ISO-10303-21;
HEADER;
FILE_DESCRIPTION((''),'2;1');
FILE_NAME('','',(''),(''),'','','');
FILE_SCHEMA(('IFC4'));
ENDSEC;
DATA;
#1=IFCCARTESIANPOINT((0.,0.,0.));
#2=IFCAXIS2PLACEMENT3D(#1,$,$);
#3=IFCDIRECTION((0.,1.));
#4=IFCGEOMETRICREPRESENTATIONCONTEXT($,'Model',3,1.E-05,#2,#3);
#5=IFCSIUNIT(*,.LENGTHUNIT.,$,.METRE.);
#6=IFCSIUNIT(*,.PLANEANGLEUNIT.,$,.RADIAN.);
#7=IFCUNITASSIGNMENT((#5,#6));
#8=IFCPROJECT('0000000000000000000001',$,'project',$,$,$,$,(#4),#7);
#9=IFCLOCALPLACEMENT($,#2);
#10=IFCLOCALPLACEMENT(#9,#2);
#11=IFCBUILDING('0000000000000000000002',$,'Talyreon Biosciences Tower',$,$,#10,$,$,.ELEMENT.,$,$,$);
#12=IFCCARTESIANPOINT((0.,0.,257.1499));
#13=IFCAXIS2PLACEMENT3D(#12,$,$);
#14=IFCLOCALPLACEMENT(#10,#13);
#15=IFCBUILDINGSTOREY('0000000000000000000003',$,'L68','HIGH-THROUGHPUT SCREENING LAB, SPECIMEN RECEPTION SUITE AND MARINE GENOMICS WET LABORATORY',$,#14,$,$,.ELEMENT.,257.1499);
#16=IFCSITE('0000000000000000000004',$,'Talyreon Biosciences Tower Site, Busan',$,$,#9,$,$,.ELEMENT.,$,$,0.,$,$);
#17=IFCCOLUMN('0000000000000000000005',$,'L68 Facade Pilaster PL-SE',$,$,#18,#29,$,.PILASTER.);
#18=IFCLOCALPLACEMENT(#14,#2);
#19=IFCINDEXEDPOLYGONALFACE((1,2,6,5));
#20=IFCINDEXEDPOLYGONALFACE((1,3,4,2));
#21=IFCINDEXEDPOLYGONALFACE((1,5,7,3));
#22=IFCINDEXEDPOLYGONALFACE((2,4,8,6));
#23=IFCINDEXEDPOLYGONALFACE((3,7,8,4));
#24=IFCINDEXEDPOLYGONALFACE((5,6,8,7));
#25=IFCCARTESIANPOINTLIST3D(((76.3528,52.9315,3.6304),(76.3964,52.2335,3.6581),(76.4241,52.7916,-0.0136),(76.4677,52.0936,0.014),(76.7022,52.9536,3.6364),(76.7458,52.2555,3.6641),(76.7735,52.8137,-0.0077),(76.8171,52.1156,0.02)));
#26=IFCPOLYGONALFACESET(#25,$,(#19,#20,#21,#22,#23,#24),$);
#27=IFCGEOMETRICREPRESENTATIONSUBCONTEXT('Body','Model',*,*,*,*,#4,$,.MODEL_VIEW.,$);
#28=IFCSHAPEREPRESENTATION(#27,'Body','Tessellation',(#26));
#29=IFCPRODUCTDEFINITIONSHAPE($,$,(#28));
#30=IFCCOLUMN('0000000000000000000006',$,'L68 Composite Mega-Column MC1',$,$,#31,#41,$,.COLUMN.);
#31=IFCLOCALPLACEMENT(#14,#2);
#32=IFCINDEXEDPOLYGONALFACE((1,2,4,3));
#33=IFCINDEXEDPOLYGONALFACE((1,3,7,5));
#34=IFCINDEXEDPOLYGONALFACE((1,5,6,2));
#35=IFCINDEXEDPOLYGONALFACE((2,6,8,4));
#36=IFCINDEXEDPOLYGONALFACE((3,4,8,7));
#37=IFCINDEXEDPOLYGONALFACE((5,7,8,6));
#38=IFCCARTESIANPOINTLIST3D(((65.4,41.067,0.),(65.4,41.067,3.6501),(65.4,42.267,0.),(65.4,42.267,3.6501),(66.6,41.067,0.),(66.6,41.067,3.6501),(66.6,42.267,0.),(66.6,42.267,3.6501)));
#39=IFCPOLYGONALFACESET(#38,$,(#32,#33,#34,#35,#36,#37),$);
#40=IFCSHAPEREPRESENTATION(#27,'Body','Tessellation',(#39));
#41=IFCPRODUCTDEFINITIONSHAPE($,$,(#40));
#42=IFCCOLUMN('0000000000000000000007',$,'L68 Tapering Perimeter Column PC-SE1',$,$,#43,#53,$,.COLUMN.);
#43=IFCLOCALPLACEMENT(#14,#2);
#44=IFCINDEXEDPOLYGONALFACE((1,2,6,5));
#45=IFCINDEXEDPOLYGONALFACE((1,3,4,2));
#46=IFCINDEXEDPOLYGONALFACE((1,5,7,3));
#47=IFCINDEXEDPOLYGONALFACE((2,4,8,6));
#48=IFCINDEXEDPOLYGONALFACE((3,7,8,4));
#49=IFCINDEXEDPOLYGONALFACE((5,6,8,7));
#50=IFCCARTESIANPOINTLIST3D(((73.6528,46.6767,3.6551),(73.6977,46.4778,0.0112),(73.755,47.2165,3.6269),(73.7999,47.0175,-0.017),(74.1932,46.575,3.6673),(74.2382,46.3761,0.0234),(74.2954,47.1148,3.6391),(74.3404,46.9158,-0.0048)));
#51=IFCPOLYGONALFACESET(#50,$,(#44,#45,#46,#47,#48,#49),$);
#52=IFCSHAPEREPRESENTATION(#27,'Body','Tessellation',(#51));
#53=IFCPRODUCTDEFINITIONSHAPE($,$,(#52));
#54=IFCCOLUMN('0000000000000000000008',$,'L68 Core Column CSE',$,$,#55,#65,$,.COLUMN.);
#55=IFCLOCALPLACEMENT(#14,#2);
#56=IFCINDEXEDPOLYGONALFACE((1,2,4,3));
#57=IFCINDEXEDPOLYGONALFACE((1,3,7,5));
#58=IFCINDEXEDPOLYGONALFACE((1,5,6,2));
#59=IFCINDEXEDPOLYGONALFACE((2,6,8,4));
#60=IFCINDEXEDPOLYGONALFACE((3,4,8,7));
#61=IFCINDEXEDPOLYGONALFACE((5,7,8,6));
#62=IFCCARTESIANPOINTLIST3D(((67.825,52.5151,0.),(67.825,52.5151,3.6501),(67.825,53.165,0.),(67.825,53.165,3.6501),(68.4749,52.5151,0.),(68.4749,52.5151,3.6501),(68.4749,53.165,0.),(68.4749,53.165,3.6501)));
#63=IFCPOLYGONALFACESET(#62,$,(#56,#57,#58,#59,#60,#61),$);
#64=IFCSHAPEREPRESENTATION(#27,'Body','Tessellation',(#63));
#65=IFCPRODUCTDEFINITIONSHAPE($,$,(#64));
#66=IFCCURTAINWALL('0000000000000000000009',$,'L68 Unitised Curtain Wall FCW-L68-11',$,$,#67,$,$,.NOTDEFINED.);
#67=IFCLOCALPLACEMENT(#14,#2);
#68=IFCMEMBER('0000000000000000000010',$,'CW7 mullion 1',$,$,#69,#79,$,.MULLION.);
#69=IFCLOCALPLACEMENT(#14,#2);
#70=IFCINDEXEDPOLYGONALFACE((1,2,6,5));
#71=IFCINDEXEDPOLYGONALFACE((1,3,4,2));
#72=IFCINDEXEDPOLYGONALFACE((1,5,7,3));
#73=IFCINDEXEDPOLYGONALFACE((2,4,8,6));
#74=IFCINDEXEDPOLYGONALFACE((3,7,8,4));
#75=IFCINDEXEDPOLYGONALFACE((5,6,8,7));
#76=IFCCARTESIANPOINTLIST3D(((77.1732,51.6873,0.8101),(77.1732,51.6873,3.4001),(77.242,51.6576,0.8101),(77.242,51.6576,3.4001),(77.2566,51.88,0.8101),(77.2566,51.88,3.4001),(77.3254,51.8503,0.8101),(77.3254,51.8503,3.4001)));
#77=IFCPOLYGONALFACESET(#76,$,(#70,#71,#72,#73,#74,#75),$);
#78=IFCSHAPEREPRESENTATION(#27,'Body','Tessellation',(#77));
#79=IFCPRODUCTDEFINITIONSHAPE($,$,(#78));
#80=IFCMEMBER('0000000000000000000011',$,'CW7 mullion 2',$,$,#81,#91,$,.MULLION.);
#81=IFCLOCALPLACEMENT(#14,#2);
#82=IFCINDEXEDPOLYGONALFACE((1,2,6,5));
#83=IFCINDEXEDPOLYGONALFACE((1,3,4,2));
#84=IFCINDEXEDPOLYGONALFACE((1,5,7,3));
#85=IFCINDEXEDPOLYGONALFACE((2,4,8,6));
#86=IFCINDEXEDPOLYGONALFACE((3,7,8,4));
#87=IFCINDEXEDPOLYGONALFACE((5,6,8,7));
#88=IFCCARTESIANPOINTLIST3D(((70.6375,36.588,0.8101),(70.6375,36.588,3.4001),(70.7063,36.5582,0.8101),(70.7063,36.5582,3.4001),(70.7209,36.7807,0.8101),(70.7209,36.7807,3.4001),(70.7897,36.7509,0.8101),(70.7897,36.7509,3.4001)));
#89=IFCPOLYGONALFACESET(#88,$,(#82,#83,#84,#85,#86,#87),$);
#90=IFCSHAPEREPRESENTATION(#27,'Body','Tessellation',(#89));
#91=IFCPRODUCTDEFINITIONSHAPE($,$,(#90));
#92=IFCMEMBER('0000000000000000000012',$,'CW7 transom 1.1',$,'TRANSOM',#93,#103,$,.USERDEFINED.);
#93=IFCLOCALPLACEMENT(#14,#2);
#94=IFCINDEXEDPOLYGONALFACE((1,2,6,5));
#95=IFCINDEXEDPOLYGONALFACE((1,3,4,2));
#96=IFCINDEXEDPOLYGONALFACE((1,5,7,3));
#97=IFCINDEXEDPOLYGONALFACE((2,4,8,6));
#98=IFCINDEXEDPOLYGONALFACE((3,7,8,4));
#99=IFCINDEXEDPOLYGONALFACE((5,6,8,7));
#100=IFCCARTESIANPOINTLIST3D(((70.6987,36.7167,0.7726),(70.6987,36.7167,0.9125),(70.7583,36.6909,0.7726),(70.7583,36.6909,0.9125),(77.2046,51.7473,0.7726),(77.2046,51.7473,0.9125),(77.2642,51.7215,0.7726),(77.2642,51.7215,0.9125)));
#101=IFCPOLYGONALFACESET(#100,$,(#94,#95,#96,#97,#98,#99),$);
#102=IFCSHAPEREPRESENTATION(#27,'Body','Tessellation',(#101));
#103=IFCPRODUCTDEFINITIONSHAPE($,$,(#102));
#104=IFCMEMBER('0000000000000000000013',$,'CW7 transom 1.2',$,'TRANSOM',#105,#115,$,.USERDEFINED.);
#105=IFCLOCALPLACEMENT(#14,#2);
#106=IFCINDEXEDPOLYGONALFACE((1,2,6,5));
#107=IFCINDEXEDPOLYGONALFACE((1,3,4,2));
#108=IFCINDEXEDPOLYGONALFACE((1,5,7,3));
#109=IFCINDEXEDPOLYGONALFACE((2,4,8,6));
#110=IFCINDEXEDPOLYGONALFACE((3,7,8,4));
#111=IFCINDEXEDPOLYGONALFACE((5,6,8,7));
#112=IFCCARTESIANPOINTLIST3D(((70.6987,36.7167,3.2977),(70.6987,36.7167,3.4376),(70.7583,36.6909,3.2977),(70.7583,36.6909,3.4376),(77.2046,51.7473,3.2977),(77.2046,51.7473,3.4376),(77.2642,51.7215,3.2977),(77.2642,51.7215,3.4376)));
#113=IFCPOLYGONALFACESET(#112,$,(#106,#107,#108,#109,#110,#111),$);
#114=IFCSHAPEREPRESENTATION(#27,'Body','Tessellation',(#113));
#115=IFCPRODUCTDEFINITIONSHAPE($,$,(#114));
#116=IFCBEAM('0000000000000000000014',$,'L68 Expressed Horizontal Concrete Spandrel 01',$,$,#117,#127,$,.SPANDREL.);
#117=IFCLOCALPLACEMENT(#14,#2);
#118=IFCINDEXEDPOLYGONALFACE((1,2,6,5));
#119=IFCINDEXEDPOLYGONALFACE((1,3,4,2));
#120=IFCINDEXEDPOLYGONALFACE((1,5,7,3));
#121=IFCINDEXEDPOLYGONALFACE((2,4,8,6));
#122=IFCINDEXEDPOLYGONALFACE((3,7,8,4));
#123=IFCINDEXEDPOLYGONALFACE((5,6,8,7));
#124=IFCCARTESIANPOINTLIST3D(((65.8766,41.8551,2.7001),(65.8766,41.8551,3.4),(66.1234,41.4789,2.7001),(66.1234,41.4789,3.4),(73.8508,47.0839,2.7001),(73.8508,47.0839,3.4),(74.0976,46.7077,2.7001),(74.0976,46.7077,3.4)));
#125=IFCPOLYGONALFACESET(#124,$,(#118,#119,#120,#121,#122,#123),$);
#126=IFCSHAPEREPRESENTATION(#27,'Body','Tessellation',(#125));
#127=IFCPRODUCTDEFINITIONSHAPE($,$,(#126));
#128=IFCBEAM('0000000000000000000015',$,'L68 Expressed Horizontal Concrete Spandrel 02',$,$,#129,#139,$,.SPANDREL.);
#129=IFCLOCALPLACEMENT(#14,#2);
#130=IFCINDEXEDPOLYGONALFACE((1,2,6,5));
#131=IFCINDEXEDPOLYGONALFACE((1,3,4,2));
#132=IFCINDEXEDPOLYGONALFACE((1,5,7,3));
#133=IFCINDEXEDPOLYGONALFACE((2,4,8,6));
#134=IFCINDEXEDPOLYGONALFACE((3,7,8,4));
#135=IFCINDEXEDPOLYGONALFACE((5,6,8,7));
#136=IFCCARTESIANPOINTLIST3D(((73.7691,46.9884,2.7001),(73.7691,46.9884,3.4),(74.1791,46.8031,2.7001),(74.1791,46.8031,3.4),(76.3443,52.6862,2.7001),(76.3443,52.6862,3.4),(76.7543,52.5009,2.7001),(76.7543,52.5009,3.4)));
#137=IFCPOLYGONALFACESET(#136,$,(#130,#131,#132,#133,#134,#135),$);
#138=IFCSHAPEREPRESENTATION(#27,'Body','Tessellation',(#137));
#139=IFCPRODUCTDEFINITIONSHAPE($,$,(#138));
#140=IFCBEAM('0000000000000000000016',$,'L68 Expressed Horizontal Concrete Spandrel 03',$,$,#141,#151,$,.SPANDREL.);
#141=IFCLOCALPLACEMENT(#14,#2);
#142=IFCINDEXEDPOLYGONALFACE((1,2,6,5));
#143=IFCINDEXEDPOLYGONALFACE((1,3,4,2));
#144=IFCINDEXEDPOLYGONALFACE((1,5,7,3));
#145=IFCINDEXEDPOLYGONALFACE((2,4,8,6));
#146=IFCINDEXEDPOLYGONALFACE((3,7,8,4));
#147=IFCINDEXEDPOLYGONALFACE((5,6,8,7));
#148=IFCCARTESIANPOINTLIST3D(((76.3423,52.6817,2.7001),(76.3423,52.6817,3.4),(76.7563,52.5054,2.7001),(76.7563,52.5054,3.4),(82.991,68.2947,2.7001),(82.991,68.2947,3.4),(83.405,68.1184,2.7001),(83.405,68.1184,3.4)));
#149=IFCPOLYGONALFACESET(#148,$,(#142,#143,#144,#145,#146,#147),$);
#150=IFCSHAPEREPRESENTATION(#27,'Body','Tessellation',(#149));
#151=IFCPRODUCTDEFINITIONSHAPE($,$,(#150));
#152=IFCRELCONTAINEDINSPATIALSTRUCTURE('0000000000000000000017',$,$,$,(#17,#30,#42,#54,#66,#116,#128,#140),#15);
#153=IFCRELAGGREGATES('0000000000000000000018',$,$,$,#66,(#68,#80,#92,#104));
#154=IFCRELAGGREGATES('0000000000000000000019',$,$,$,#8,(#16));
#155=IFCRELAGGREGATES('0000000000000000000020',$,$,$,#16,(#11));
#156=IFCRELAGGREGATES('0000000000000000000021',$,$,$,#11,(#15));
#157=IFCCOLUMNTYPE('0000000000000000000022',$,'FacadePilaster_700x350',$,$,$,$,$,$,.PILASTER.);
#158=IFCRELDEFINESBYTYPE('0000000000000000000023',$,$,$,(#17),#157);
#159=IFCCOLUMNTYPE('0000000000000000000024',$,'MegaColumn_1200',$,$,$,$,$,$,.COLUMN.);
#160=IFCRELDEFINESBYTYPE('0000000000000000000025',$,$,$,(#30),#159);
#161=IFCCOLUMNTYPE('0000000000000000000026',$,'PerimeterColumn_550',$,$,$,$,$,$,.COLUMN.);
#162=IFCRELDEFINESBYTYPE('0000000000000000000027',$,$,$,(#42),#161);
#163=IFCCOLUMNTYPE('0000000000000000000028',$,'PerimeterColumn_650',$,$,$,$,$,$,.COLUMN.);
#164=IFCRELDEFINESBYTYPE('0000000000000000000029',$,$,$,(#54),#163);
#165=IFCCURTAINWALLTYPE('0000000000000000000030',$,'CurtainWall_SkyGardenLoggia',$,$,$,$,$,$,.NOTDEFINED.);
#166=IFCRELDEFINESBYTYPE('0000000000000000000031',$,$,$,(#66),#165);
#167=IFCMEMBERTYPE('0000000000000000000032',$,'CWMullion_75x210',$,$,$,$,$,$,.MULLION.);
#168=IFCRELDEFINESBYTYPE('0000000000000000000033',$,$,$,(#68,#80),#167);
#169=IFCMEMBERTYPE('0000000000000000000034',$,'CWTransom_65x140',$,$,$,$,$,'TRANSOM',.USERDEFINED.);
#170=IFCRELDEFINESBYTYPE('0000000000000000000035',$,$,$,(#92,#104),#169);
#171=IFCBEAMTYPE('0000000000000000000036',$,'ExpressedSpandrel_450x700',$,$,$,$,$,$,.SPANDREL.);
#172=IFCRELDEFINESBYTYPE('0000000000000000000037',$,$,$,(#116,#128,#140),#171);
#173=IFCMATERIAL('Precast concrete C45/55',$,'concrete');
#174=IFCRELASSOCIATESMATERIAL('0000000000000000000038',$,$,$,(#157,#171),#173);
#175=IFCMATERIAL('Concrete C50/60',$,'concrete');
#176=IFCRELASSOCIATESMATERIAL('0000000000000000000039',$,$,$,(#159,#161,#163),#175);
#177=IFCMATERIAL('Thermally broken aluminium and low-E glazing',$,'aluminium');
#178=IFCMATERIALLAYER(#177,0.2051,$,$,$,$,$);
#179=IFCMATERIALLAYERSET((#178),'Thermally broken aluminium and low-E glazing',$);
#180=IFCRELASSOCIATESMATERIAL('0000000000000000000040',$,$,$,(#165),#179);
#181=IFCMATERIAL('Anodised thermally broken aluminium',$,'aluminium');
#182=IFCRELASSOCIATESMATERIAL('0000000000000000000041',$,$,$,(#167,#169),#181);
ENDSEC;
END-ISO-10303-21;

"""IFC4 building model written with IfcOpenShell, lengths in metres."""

from ifc_helpers import new_model, si_unit, direction, frame, origin, origin_2d, place, context, subcontext, project, spatial, rectangle, extrude, material, layer, layer_set, material_profile, profile_set, type_object, element, aggregate, save


model = new_model("IFC4")

# Units and contexts
model_context = context("Model", 3, precision=1e-05, world=origin(), true_north=direction((0.0, 1.0)))
body_context = subcontext(model_context, "Body", "Model", "MODEL_VIEW")
ifc_project = project(units=[si_unit("LENGTHUNIT", "METRE"), si_unit("PLANEANGLEUNIT", "RADIAN")], contexts=[model_context])

# Site, building, storey
site_placement = place(None, origin())
site = spatial("IfcSite", under=ifc_project, at=site_placement, Name="Talyreon Biosciences Tower Site, Busan", CompositionType="ELEMENT", RefElevation=0.0)
building_placement = place(site_placement, origin())
building = spatial("IfcBuilding", under=site, at=building_placement, Name="Talyreon Biosciences Tower", CompositionType="ELEMENT")
storey_placement = place(building_placement, frame((0.0, 0.0, 257.1499)))
storey = spatial("IfcBuildingStorey", under=building, at=storey_placement, Name="L68", Description="HIGH-THROUGHPUT SCREENING LAB, SPECIMEN RECEPTION SUITE AND MARINE GENOMICS WET LABORATORY", CompositionType="ELEMENT", Elevation=257.1499)

# Columns
ifc_material_1 = material(Name="Precast concrete C45/55", Category="concrete")
ifc_material_profile_1 = material_profile(ifc_material_1, rectangle(XDim=0.7, YDim=0.3501, at=origin_2d()), Name="RC 700x350")
ifc_profile_set_1 = profile_set([ifc_material_profile_1], Name="Precast concrete C45/55")
column_type_1 = type_object("IfcColumnType", Name="FacadePilaster_700x350", PredefinedType="PILASTER", material=ifc_profile_set_1)
column_1_placement = place(storey_placement, frame((76.6206, 52.4536, 0.0032), z_axis=(-0.019545, 0.038354, 0.999073), x_axis=(0.062271, -0.997277, 0.039503)))
element("IfcColumn", 1, at=column_1_placement, inside=storey, type_object=column_type_1, Name="L68 Facade Pilaster PL-SE", PredefinedType="PILASTER", context=body_context, shape_type="SweptSolid", body=[
    extrude(rectangle(XDim=0.7, YDim=0.3501, at=origin_2d()), origin(), (0.0, 0.0, 1.0), 3.6475),
])
ifc_material_2 = material(Name="Concrete C50/60", Category="concrete")
ifc_material_profile_2 = material_profile(ifc_material_2, rectangle(XDim=1.2, YDim=1.2, at=origin_2d()), Name="RC 1200x1200")
ifc_profile_set_2 = profile_set([ifc_material_profile_2], Name="Concrete C50/60")
column_type_2 = type_object("IfcColumnType", Name="MegaColumn_1200", PredefinedType="COLUMN", material=ifc_profile_set_2)
column_2_placement = place(storey_placement, frame((66.0, 41.667, 0.0), z_axis=(0.0, 0.0, 1.0), x_axis=(1.0, 0.0, 0.0)))
element("IfcColumn", 2, at=column_2_placement, inside=storey, type_object=column_type_2, Name="L68 Composite Mega-Column MC1", PredefinedType="COLUMN", context=body_context, shape_type="SweptSolid", body=[
    extrude(rectangle(XDim=1.2, YDim=1.2, at=origin_2d()), origin(), (0.0, 0.0, 1.0), 3.6501),
])
ifc_material_profile_3 = material_profile(ifc_material_2, rectangle(XDim=0.55, YDim=0.55, at=origin_2d()), Name="RC 550x550")
ifc_profile_set_3 = profile_set([ifc_material_profile_3], Name="Concrete C50/60")
column_type_3 = type_object("IfcColumnType", Name="PerimeterColumn_550", PredefinedType="COLUMN", material=ifc_profile_set_3)
column_3_placement = place(storey_placement, frame((74.019, 46.6968, 0.0032), z_axis=(-0.012308, 0.054517, 0.998437), x_axis=(-0.18579, -0.98125, 0.051289)))
element("IfcColumn", 3, at=column_3_placement, inside=storey, type_object=column_type_3, Name="L68 Tapering Perimeter Column PC-SE1", PredefinedType="COLUMN", context=body_context, shape_type="SweptSolid", body=[
    extrude(rectangle(XDim=0.55, YDim=0.55, at=origin_2d()), origin(), (0.0, 0.0, 1.0), 3.6497),
])
ifc_material_profile_4 = material_profile(ifc_material_2, rectangle(XDim=0.6499, YDim=0.6499, at=origin_2d()), Name="RC 650x650")
ifc_profile_set_4 = profile_set([ifc_material_profile_4], Name="Concrete C50/60")
column_type_4 = type_object("IfcColumnType", Name="PerimeterColumn_650", PredefinedType="COLUMN", material=ifc_profile_set_4)
column_4_placement = place(storey_placement, frame((68.1499, 52.8401, 0.0), z_axis=(0.0, 0.0, 1.0), x_axis=(1.0, 0.0, 0.0)))
element("IfcColumn", 4, at=column_4_placement, inside=storey, type_object=column_type_4, Name="L68 Core Column CSE", PredefinedType="COLUMN", context=body_context, shape_type="SweptSolid", body=[
    extrude(rectangle(XDim=0.6499, YDim=0.6499, at=origin_2d()), origin(), (0.0, 0.0, 1.0), 3.6501),
])

# Curtain wall, members
ifc_material_3 = material(Name="Thermally broken aluminium and low-E glazing", Category="aluminium")
ifc_layer_1 = layer(ifc_material_3, 0.2051)
ifc_layer_set_1 = layer_set([ifc_layer_1], Name="Thermally broken aluminium and low-E glazing")
curtain_wall_type = type_object("IfcCurtainWallType", Name="CurtainWall_SkyGardenLoggia", PredefinedType="NOTDEFINED", material=ifc_layer_set_1)
curtain_wall_placement = place(storey_placement, origin())
curtain_wall = element("IfcCurtainWall", 5, at=curtain_wall_placement, inside=storey, type_object=curtain_wall_type, Name="L68 Unitised Curtain Wall FCW-L68-11", PredefinedType="NOTDEFINED")
ifc_material_4 = material(Name="Anodised thermally broken aluminium", Category="aluminium")
ifc_material_profile_5 = material_profile(ifc_material_4, rectangle(XDim=0.075, YDim=0.21, at=origin_2d()), Name="ALUM MULLION 75x210")
ifc_profile_set_5 = profile_set([ifc_material_profile_5], Name="Anodised thermally broken aluminium")
member_type_1 = type_object("IfcMemberType", Name="CWMullion_75x210", PredefinedType="MULLION", material=ifc_profile_set_5)
member_1_placement = place(storey_placement, frame((77.2493, 51.7688, 0.8101), z_axis=(0.0, 0.0, 1.0), x_axis=(0.917723, -0.397221, 0.0)))
member_1 = element("IfcMember", 6, at=member_1_placement, type_object=member_type_1, Name="CW7 mullion 1", PredefinedType="MULLION", context=body_context, shape_type="SweptSolid", body=[
    extrude(rectangle(XDim=0.075, YDim=0.21, at=origin_2d()), origin(), (0.0, 0.0, 1.0), 2.5901),
])
member_2_placement = place(storey_placement, frame((70.7136, 36.6694, 0.8101), z_axis=(0.0, 0.0, 1.0), x_axis=(0.917723, -0.397221, 0.0)))
member_2 = element("IfcMember", 7, at=member_2_placement, type_object=member_type_1, Name="CW7 mullion 2", PredefinedType="MULLION", context=body_context, shape_type="SweptSolid", body=[
    extrude(rectangle(XDim=0.075, YDim=0.21, at=origin_2d()), origin(), (0.0, 0.0, 1.0), 2.5901),
])
ifc_material_profile_6 = material_profile(ifc_material_4, rectangle(XDim=0.0649, YDim=0.1399, at=origin_2d()), Name="ALUM TRANSOM 65x140")
ifc_profile_set_6 = profile_set([ifc_material_profile_6], Name="Anodised thermally broken aluminium")
member_type_2 = type_object("IfcMemberType", Name="CWTransom_65x140", ElementType="TRANSOM", PredefinedType="USERDEFINED", material=ifc_profile_set_6)
member_3_placement = place(storey_placement, frame((77.2344, 51.7344, 0.8425), z_axis=(-0.397229, -0.91772, 0.0), x_axis=(0.91772, -0.397229, 0.0)))
member_3 = element("IfcMember", 8, at=member_3_placement, type_object=member_type_2, Name="CW7 transom 1.1", ObjectType="TRANSOM", PredefinedType="USERDEFINED", context=body_context, shape_type="SweptSolid", body=[
    extrude(rectangle(XDim=0.0649, YDim=0.1399, at=origin_2d()), origin(), (0.0, 0.0, 1.0), 16.3782),
])
member_4_placement = place(storey_placement, frame((77.2344, 51.7344, 3.3677), z_axis=(-0.397229, -0.91772, 0.0), x_axis=(0.91772, -0.397229, 0.0)))
member_4 = element("IfcMember", 9, at=member_4_placement, type_object=member_type_2, Name="CW7 transom 1.2", ObjectType="TRANSOM", PredefinedType="USERDEFINED", context=body_context, shape_type="SweptSolid", body=[
    extrude(rectangle(XDim=0.0649, YDim=0.1399, at=origin_2d()), origin(), (0.0, 0.0, 1.0), 16.3782),
])

# Beams
ifc_material_profile_7 = material_profile(ifc_material_1, rectangle(XDim=0.45, YDim=0.7, at=origin_2d()), Name="RCB 450x700")
ifc_profile_set_7 = profile_set([ifc_material_profile_7], Name="Precast concrete C45/55")
beam_type_1 = type_object("IfcBeamType", Name="ExpressedSpandrel_450x700", PredefinedType="SPANDREL", material=ifc_profile_set_7)
beam_1_placement = place(storey_placement, frame((66.0, 41.667, 3.05), z_axis=(0.836253, 0.548344, 0.0), x_axis=(-0.548344, 0.836253, 0.0)))
element("IfcBeam", 10, at=beam_1_placement, inside=storey, type_object=beam_type_1, Name="L68 Expressed Horizontal Concrete Spandrel 01", PredefinedType="SPANDREL", context=body_context, shape_type="SweptSolid", body=[
    extrude(rectangle(XDim=0.45, YDim=0.7, at=origin_2d()), origin(), (0.0, 0.0, 1.0), 9.5356),
])
beam_2_placement = place(storey_placement, frame((73.9741, 46.8958, 3.05), z_axis=(0.411855, 0.91125, 0.0), x_axis=(-0.91125, 0.411855, 0.0)))
element("IfcBeam", 11, at=beam_2_placement, inside=storey, type_object=beam_type_1, Name="L68 Expressed Horizontal Concrete Spandrel 02", PredefinedType="SPANDREL", context=body_context, shape_type="SweptSolid", body=[
    extrude(rectangle(XDim=0.45, YDim=0.7, at=origin_2d()), origin(), (0.0, 0.0, 1.0), 6.2527),
])
beam_3_placement = place(storey_placement, frame((76.5493, 52.5935, 3.05), z_axis=(0.391796, 0.920052, 0.0), x_axis=(-0.920052, 0.391796, 0.0)))
element("IfcBeam", 12, at=beam_3_placement, inside=storey, type_object=beam_type_1, Name="L68 Expressed Horizontal Concrete Spandrel 03", PredefinedType="SPANDREL", context=body_context, shape_type="SweptSolid", body=[
    extrude(rectangle(XDim=0.45, YDim=0.7, at=origin_2d()), origin(), (0.0, 0.0, 1.0), 16.9697),
])

aggregate(curtain_wall, [member_1, member_2, member_3, member_4])

save(model, "model.ifc")
